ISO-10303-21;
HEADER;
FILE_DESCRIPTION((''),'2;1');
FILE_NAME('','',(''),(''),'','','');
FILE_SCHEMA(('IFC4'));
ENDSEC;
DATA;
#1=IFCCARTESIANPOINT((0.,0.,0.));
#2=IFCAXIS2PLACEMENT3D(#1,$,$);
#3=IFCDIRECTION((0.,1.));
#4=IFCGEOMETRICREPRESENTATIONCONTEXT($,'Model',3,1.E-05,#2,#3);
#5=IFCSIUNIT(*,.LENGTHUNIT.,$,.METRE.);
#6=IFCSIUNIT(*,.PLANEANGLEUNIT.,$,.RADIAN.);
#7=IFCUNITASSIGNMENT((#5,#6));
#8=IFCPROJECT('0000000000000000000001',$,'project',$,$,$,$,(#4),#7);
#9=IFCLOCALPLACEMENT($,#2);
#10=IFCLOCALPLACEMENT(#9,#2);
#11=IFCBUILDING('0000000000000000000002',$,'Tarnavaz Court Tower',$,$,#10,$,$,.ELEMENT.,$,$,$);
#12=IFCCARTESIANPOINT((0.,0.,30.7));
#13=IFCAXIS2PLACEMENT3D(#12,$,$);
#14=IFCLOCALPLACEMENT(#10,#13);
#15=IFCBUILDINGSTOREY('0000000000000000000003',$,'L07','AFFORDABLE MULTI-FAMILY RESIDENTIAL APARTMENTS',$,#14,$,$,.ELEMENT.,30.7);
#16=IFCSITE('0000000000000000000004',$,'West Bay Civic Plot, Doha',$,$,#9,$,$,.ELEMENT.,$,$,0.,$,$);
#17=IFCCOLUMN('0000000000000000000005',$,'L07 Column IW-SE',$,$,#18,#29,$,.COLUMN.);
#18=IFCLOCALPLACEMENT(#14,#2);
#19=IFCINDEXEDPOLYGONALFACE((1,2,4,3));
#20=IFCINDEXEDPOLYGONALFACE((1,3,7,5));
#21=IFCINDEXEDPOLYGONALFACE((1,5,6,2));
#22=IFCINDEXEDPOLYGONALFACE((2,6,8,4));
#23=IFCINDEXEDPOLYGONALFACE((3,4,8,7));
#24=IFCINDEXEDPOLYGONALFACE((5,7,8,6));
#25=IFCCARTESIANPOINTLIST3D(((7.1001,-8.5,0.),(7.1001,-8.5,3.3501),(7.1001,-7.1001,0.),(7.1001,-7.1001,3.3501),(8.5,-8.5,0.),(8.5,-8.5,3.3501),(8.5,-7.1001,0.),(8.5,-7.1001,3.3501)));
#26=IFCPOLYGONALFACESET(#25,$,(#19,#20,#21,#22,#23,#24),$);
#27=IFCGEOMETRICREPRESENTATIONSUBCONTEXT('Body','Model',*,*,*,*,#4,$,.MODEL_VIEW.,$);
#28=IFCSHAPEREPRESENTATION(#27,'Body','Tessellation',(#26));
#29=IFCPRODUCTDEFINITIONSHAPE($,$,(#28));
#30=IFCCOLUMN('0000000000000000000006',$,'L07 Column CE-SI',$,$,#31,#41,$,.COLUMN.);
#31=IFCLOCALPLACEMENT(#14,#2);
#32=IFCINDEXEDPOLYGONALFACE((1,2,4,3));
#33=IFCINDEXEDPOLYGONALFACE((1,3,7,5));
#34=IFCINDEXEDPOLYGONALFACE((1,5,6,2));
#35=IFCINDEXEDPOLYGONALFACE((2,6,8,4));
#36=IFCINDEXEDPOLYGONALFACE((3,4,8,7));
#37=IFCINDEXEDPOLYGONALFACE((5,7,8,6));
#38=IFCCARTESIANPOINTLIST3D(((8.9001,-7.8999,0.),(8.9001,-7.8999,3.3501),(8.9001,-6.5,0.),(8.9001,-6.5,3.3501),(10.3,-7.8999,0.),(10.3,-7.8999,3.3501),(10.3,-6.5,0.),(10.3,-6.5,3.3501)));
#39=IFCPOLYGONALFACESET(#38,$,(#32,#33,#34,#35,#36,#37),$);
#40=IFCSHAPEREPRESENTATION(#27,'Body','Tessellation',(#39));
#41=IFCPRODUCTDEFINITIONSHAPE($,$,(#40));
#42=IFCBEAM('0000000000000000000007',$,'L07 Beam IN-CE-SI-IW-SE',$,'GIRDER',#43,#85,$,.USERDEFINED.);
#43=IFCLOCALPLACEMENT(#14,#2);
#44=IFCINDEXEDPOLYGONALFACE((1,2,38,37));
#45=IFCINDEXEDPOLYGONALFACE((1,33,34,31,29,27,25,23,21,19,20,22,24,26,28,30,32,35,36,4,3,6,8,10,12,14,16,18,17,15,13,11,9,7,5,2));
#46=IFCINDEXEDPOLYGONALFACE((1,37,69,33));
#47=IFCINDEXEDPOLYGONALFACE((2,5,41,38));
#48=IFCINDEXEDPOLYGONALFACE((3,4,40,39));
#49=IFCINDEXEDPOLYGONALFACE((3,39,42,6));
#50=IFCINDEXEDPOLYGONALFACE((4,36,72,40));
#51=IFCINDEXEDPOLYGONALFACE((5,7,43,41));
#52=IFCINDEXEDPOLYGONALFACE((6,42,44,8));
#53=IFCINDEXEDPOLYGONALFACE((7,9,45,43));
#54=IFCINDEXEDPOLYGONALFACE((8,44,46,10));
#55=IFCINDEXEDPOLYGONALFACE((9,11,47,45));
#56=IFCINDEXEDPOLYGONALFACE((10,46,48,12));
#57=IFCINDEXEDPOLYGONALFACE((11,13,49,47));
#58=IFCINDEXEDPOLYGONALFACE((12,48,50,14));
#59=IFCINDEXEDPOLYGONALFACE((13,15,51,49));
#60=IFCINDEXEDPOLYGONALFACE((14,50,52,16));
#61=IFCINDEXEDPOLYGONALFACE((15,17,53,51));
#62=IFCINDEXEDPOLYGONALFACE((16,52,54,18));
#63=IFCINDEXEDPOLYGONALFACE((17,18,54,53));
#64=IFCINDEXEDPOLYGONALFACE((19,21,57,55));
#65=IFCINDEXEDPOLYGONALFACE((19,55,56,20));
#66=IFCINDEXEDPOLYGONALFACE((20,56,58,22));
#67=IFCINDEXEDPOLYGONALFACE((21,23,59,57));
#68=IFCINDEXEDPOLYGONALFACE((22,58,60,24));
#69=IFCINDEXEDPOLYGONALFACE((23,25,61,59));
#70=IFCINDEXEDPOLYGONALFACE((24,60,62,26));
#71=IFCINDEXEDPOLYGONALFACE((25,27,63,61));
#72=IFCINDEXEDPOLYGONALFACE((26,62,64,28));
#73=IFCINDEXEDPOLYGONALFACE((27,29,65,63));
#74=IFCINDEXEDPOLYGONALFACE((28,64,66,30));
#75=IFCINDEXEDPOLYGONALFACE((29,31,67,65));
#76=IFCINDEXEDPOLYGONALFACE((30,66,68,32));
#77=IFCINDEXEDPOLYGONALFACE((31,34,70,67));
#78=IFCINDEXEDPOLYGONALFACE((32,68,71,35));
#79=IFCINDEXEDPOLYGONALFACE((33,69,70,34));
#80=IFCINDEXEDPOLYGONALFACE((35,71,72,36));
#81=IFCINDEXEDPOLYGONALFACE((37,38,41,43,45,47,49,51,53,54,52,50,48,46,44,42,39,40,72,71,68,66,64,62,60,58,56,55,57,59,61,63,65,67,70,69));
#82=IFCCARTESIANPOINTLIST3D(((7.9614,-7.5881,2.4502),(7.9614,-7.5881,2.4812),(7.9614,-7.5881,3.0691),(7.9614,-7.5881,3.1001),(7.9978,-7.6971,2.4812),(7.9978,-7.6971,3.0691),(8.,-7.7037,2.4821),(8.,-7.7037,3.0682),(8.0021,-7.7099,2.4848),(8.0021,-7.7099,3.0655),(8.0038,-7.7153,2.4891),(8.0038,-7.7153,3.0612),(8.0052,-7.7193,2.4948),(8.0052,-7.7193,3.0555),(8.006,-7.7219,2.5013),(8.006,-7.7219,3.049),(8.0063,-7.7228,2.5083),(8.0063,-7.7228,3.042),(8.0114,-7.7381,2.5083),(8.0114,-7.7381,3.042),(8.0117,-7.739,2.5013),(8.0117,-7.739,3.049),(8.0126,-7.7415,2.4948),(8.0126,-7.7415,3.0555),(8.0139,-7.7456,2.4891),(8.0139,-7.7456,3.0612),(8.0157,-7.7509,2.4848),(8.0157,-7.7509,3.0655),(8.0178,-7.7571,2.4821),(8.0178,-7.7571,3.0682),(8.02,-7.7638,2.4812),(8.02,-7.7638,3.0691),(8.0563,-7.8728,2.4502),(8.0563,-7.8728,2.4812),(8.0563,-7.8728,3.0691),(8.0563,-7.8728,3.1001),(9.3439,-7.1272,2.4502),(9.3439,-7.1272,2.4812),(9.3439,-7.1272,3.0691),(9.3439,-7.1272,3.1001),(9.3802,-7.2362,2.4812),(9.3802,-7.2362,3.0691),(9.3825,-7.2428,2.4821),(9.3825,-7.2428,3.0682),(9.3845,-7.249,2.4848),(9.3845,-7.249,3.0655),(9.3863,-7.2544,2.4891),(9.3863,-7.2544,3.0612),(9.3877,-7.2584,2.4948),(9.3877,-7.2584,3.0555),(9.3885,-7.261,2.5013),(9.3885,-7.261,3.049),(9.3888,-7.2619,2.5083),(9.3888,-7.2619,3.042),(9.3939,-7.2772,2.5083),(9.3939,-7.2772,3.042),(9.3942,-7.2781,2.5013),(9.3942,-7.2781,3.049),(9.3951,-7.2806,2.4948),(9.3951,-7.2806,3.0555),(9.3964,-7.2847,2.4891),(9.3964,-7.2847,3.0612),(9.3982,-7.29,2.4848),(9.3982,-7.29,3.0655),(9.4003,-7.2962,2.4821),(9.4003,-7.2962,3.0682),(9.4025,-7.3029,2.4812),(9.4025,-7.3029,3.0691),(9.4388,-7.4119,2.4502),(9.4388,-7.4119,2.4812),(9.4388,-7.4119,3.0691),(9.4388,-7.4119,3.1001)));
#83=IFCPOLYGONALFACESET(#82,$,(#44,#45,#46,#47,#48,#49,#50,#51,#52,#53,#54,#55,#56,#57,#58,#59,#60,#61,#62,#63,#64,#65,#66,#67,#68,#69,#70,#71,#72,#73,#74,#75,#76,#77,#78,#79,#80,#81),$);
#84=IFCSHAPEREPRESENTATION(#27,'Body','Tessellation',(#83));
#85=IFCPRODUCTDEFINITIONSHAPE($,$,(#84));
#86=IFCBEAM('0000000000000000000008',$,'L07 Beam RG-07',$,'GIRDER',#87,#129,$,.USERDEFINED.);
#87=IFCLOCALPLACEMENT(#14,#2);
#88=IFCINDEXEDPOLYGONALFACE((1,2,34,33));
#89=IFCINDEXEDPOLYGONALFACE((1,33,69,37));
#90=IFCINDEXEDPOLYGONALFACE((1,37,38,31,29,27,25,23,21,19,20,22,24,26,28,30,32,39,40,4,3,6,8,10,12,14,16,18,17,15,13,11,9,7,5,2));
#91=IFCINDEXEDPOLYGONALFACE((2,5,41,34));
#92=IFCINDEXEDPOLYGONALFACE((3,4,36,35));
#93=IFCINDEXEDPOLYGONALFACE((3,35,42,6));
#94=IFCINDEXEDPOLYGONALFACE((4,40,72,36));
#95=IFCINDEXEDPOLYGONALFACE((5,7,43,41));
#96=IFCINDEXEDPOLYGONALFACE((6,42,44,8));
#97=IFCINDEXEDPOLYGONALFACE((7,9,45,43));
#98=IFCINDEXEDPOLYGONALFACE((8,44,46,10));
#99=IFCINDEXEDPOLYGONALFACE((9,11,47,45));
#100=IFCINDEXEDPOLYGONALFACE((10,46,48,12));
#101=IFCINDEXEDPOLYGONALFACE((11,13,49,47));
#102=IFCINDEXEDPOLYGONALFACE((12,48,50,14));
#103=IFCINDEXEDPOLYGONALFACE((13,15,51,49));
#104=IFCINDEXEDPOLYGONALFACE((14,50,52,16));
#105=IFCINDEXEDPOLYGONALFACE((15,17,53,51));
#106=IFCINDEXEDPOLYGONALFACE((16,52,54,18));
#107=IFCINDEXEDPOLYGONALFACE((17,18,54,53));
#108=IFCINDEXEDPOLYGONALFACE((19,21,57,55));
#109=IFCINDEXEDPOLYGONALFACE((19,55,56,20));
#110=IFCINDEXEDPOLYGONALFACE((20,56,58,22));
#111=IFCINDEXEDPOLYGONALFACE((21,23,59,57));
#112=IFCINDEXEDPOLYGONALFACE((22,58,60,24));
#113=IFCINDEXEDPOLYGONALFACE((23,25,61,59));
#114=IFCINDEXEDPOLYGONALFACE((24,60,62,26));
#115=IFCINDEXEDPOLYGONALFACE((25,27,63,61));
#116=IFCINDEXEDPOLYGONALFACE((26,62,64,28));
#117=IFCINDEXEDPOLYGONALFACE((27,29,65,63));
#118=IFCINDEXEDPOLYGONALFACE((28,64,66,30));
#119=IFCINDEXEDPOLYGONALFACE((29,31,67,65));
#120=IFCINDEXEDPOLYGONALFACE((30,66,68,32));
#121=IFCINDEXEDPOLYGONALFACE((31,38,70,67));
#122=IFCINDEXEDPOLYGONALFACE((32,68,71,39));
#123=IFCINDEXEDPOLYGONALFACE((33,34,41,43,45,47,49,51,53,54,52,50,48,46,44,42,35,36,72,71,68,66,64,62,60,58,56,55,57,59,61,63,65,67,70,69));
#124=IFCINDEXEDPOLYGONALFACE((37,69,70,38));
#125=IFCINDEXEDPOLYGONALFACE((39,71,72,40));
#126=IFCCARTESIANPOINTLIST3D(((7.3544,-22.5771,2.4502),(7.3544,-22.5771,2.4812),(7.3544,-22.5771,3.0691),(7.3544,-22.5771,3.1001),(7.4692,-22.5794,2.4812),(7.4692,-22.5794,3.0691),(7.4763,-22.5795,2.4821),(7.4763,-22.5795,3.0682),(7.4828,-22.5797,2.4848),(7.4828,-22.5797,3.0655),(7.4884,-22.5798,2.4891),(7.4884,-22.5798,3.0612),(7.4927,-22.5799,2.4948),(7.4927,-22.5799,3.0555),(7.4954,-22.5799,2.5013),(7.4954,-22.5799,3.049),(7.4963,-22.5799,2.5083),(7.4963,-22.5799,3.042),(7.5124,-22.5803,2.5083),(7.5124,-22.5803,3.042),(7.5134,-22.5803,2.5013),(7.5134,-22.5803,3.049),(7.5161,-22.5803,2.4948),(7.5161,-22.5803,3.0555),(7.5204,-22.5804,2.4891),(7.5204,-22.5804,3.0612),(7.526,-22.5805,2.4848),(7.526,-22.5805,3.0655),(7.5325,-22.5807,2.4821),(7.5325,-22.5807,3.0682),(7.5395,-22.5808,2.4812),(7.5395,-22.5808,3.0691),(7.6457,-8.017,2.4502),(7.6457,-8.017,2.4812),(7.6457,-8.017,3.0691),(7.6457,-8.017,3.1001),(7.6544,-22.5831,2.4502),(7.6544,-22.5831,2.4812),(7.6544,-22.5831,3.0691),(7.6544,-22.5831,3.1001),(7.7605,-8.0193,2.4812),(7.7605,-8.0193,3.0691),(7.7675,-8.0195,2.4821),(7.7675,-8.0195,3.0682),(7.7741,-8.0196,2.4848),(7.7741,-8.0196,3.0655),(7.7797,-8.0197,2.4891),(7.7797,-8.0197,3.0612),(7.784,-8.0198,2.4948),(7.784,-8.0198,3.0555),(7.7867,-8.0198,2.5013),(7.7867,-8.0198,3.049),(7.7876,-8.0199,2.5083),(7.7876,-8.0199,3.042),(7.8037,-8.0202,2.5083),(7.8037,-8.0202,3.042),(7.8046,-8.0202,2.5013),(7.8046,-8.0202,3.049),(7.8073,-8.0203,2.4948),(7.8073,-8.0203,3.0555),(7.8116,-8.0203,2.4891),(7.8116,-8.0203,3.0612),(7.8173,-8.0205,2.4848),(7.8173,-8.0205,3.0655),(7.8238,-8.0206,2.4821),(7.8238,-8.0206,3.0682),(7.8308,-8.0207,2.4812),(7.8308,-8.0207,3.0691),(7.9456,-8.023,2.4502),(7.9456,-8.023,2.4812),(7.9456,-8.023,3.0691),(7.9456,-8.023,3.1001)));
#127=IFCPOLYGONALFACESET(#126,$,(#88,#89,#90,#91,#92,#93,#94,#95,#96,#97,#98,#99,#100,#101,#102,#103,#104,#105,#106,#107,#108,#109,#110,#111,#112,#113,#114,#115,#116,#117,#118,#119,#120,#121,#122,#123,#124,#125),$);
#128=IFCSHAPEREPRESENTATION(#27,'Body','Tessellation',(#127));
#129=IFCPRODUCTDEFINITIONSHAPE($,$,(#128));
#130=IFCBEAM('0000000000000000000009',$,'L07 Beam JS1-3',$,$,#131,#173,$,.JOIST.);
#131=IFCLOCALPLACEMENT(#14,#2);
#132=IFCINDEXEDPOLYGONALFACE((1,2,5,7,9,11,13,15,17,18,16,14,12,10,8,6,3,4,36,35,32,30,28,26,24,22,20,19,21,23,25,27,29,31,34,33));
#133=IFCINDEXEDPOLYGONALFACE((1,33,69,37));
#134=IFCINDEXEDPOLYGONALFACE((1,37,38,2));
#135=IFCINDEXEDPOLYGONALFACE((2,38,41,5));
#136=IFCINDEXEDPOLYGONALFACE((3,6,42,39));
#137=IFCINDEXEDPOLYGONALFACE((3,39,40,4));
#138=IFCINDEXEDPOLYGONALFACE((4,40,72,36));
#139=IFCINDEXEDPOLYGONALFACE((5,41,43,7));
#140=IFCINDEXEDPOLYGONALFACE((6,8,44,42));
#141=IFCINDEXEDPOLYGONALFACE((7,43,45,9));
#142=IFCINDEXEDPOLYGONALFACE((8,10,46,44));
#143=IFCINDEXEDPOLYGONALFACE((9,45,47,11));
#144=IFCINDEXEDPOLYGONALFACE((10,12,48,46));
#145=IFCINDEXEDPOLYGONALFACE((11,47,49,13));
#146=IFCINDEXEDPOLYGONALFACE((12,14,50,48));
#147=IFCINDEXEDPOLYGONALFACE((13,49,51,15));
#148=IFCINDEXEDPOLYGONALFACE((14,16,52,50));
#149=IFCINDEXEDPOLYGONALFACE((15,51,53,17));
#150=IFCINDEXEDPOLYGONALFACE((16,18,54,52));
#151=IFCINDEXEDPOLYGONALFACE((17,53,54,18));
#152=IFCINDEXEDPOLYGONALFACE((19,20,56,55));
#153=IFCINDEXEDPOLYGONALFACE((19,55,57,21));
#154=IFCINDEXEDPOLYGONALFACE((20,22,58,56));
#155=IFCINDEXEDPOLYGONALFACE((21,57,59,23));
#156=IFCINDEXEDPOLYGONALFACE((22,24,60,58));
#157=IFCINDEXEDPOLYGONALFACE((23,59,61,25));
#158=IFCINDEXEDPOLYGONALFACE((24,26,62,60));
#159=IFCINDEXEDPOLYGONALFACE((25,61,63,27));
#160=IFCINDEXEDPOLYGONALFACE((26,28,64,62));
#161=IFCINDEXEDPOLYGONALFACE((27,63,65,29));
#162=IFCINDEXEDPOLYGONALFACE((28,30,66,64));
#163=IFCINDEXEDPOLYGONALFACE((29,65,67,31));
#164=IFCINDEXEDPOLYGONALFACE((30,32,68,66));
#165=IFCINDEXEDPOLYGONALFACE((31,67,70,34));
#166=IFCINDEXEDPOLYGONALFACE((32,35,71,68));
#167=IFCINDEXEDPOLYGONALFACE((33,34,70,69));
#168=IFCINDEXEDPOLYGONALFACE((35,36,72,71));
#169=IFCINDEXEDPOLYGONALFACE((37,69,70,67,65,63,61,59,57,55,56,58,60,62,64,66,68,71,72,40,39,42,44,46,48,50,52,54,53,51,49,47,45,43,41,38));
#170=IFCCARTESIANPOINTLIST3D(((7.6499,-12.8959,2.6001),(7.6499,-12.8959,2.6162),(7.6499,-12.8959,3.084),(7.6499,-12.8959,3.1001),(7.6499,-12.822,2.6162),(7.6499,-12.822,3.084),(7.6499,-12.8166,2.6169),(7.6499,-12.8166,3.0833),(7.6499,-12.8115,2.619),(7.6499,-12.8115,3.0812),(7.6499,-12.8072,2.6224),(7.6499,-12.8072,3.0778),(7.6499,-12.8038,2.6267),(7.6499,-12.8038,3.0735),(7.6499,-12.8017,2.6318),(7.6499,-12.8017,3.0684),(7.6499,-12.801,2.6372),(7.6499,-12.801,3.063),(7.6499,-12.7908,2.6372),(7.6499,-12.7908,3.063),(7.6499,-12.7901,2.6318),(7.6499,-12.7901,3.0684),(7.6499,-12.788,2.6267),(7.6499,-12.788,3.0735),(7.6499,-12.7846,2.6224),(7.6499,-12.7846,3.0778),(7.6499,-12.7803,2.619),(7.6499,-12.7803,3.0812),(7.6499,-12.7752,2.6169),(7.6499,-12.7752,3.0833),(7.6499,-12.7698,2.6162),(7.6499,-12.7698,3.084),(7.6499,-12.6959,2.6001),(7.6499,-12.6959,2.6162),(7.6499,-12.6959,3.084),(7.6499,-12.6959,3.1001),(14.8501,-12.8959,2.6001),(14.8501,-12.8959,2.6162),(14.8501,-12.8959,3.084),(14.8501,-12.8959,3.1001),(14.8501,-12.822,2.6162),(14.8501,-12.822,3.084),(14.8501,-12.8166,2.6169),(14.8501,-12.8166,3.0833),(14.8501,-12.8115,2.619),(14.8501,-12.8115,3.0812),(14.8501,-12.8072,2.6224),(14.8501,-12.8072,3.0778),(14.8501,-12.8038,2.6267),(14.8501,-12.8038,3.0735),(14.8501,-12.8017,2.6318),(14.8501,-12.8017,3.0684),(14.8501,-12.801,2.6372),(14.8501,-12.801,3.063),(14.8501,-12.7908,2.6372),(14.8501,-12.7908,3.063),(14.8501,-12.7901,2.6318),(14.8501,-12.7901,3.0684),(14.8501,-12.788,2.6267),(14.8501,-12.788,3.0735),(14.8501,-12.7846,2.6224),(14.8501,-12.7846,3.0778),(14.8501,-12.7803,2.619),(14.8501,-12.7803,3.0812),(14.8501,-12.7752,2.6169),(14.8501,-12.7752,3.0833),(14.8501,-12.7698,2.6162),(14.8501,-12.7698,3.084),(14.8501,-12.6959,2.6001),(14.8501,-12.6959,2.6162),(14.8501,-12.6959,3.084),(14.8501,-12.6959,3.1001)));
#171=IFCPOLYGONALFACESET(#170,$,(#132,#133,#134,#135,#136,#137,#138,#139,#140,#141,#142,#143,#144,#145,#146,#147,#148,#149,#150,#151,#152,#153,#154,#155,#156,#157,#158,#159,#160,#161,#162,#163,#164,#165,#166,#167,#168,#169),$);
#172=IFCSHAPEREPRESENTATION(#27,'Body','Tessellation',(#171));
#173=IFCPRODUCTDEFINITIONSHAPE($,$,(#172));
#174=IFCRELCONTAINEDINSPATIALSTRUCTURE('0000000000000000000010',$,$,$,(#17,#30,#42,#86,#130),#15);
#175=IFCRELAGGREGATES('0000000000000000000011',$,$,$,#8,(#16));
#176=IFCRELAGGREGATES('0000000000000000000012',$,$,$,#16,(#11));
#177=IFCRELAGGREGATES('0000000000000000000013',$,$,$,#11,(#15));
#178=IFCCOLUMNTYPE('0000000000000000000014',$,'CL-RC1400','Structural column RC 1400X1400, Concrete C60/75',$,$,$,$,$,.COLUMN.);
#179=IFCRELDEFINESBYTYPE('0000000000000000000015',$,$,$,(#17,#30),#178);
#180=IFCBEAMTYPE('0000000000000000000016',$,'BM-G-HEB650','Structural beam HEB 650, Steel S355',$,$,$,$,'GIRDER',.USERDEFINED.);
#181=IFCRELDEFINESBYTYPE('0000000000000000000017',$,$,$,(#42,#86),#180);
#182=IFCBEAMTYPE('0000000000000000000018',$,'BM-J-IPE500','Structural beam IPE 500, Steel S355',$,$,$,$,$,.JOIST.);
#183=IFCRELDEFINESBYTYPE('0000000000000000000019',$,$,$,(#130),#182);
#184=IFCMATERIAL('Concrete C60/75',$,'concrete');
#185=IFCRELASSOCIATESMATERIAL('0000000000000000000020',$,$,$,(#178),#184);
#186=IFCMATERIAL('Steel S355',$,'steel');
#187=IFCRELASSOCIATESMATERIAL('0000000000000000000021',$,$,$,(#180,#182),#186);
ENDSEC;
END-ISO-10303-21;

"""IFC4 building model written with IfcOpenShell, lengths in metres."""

from ifc_helpers import new_model, si_unit, direction, frame, origin, origin_2d, place, context, subcontext, project, spatial, rectangle, i_section, extrude, material, material_profile, profile_set, type_object, element, save


model = new_model("IFC4")

# Units and contexts
model_context = context("Model", 3, precision=1e-05, world=origin(), true_north=direction((0.0, 1.0)))
body_context = subcontext(model_context, "Body", "Model", "MODEL_VIEW")
ifc_project = project(units=[si_unit("LENGTHUNIT", "METRE"), si_unit("PLANEANGLEUNIT", "RADIAN")], contexts=[model_context])

# Site, building, storey
site_placement = place(None, origin())
site = spatial("IfcSite", under=ifc_project, at=site_placement, Name="West Bay Civic Plot, Doha", CompositionType="ELEMENT", RefElevation=0.0)
building_placement = place(site_placement, origin())
building = spatial("IfcBuilding", under=site, at=building_placement, Name="Tarnavaz Court Tower", CompositionType="ELEMENT")
storey_placement = place(building_placement, frame((0.0, 0.0, 30.7)))
storey = spatial("IfcBuildingStorey", under=building, at=storey_placement, Name="L07", Description="AFFORDABLE MULTI-FAMILY RESIDENTIAL APARTMENTS", CompositionType="ELEMENT", Elevation=30.7)

# Columns
ifc_material_1 = material(Name="Concrete C60/75", Category="concrete")
ifc_material_profile_1 = material_profile(ifc_material_1, rectangle(XDim=1.3999, YDim=1.3999, at=origin_2d()), Name="RC 1400X1400")
ifc_profile_set_1 = profile_set([ifc_material_profile_1], Name="Concrete C60/75")
column_type = type_object("IfcColumnType", Name="CL-RC1400", Description="Structural column RC 1400X1400, Concrete C60/75", PredefinedType="COLUMN", material=ifc_profile_set_1)
for number, where, z_axis, x_axis, name in (
    (1, (7.8, -7.8, 0.0), (0.0, 0.0, 1.0), (1.0, 0.0, 0.0), "L07 Column IW-SE"),
    (2, (9.6001, -7.2, 0.0), (0.0, 0.0, 1.0), (1.0, 0.0, 0.0), "L07 Column CE-SI"),
):
    element("IfcColumn", number, at=place(storey_placement, frame(where, z_axis=z_axis, x_axis=x_axis)), inside=storey, type_object=column_type, Name=name, PredefinedType="COLUMN", context=body_context, shape_type="SweptSolid", body=[
        extrude(rectangle(XDim=1.3999, YDim=1.3999, at=origin_2d()), origin(), (0.0, 0.0, 1.0), 3.3501),
    ])

# Beams
ifc_material_2 = material(Name="Steel S355", Category="steel")
ifc_material_profile_2 = material_profile(ifc_material_2, i_section(OverallWidth=0.3, OverallDepth=0.6499, WebThickness=0.0161, FlangeThickness=0.031, FilletRadius=0.0271, at=origin_2d()), Name="HEB 650")
ifc_profile_set_2 = profile_set([ifc_material_profile_2], Name="Steel S355")
beam_type_1 = type_object("IfcBeamType", Name="BM-G-HEB650", Description="Structural beam HEB 650, Steel S355", ElementType="GIRDER", PredefinedType="USERDEFINED", material=ifc_profile_set_2)
beam_1_placement = place(storey_placement, frame((9.3914, -7.2695, 2.7751), z_axis=(-0.948667, -0.316278, 0.0), x_axis=(0.316278, -0.948667, 0.0)))
element("IfcBeam", 3, at=beam_1_placement, inside=storey, type_object=beam_type_1, Name="L07 Beam IN-CE-SI-IW-SE", ObjectType="GIRDER", PredefinedType="USERDEFINED", context=body_context, shape_type="SweptSolid", body=[
    extrude(i_section(OverallWidth=0.3, OverallDepth=0.6499, WebThickness=0.0161, FlangeThickness=0.031, FilletRadius=0.0271, at=origin_2d()), origin(), (0.0, 0.0, 1.0), 1.4573),
])
beam_2_placement = place(storey_placement, frame((7.7957, -8.02, 2.7751), z_axis=(-0.02, -0.9998, 0.0), x_axis=(0.9998, -0.02, 0.0)))
element("IfcBeam", 4, at=beam_2_placement, inside=storey, type_object=beam_type_1, Name="L07 Beam RG-07", ObjectType="GIRDER", PredefinedType="USERDEFINED", context=body_context, shape_type="SweptSolid", body=[
    extrude(i_section(OverallWidth=0.3, OverallDepth=0.6499, WebThickness=0.0161, FlangeThickness=0.031, FilletRadius=0.0271, at=origin_2d()), origin(), (0.0, 0.0, 1.0), 14.563),
])
ifc_material_profile_3 = material_profile(ifc_material_2, i_section(OverallWidth=0.2, OverallDepth=0.5, WebThickness=0.0103, FlangeThickness=0.0161, FilletRadius=0.021, at=origin_2d()), Name="IPE 500")
ifc_profile_set_3 = profile_set([ifc_material_profile_3], Name="Steel S355")
beam_type_2 = type_object("IfcBeamType", Name="BM-J-IPE500", Description="Structural beam IPE 500, Steel S355", PredefinedType="JOIST", material=ifc_profile_set_3)
for number, where, z_axis, x_axis, name in (
    (5, (7.6499, -12.7959, 2.8501), (1.0, 0.0, 0.0), (0.0, 1.0, 0.0), "L07 Beam JS1-3"),
):
    element("IfcBeam", number, at=place(storey_placement, frame(where, z_axis=z_axis, x_axis=x_axis)), inside=storey, type_object=beam_type_2, Name=name, PredefinedType="JOIST", context=body_context, shape_type="SweptSolid", body=[
        extrude(i_section(OverallWidth=0.2, OverallDepth=0.5, WebThickness=0.0103, FlangeThickness=0.0161, FilletRadius=0.021, at=origin_2d()), origin(), (0.0, 0.0, 1.0), 7.2002),
    ])

save(model, "model.ifc")
